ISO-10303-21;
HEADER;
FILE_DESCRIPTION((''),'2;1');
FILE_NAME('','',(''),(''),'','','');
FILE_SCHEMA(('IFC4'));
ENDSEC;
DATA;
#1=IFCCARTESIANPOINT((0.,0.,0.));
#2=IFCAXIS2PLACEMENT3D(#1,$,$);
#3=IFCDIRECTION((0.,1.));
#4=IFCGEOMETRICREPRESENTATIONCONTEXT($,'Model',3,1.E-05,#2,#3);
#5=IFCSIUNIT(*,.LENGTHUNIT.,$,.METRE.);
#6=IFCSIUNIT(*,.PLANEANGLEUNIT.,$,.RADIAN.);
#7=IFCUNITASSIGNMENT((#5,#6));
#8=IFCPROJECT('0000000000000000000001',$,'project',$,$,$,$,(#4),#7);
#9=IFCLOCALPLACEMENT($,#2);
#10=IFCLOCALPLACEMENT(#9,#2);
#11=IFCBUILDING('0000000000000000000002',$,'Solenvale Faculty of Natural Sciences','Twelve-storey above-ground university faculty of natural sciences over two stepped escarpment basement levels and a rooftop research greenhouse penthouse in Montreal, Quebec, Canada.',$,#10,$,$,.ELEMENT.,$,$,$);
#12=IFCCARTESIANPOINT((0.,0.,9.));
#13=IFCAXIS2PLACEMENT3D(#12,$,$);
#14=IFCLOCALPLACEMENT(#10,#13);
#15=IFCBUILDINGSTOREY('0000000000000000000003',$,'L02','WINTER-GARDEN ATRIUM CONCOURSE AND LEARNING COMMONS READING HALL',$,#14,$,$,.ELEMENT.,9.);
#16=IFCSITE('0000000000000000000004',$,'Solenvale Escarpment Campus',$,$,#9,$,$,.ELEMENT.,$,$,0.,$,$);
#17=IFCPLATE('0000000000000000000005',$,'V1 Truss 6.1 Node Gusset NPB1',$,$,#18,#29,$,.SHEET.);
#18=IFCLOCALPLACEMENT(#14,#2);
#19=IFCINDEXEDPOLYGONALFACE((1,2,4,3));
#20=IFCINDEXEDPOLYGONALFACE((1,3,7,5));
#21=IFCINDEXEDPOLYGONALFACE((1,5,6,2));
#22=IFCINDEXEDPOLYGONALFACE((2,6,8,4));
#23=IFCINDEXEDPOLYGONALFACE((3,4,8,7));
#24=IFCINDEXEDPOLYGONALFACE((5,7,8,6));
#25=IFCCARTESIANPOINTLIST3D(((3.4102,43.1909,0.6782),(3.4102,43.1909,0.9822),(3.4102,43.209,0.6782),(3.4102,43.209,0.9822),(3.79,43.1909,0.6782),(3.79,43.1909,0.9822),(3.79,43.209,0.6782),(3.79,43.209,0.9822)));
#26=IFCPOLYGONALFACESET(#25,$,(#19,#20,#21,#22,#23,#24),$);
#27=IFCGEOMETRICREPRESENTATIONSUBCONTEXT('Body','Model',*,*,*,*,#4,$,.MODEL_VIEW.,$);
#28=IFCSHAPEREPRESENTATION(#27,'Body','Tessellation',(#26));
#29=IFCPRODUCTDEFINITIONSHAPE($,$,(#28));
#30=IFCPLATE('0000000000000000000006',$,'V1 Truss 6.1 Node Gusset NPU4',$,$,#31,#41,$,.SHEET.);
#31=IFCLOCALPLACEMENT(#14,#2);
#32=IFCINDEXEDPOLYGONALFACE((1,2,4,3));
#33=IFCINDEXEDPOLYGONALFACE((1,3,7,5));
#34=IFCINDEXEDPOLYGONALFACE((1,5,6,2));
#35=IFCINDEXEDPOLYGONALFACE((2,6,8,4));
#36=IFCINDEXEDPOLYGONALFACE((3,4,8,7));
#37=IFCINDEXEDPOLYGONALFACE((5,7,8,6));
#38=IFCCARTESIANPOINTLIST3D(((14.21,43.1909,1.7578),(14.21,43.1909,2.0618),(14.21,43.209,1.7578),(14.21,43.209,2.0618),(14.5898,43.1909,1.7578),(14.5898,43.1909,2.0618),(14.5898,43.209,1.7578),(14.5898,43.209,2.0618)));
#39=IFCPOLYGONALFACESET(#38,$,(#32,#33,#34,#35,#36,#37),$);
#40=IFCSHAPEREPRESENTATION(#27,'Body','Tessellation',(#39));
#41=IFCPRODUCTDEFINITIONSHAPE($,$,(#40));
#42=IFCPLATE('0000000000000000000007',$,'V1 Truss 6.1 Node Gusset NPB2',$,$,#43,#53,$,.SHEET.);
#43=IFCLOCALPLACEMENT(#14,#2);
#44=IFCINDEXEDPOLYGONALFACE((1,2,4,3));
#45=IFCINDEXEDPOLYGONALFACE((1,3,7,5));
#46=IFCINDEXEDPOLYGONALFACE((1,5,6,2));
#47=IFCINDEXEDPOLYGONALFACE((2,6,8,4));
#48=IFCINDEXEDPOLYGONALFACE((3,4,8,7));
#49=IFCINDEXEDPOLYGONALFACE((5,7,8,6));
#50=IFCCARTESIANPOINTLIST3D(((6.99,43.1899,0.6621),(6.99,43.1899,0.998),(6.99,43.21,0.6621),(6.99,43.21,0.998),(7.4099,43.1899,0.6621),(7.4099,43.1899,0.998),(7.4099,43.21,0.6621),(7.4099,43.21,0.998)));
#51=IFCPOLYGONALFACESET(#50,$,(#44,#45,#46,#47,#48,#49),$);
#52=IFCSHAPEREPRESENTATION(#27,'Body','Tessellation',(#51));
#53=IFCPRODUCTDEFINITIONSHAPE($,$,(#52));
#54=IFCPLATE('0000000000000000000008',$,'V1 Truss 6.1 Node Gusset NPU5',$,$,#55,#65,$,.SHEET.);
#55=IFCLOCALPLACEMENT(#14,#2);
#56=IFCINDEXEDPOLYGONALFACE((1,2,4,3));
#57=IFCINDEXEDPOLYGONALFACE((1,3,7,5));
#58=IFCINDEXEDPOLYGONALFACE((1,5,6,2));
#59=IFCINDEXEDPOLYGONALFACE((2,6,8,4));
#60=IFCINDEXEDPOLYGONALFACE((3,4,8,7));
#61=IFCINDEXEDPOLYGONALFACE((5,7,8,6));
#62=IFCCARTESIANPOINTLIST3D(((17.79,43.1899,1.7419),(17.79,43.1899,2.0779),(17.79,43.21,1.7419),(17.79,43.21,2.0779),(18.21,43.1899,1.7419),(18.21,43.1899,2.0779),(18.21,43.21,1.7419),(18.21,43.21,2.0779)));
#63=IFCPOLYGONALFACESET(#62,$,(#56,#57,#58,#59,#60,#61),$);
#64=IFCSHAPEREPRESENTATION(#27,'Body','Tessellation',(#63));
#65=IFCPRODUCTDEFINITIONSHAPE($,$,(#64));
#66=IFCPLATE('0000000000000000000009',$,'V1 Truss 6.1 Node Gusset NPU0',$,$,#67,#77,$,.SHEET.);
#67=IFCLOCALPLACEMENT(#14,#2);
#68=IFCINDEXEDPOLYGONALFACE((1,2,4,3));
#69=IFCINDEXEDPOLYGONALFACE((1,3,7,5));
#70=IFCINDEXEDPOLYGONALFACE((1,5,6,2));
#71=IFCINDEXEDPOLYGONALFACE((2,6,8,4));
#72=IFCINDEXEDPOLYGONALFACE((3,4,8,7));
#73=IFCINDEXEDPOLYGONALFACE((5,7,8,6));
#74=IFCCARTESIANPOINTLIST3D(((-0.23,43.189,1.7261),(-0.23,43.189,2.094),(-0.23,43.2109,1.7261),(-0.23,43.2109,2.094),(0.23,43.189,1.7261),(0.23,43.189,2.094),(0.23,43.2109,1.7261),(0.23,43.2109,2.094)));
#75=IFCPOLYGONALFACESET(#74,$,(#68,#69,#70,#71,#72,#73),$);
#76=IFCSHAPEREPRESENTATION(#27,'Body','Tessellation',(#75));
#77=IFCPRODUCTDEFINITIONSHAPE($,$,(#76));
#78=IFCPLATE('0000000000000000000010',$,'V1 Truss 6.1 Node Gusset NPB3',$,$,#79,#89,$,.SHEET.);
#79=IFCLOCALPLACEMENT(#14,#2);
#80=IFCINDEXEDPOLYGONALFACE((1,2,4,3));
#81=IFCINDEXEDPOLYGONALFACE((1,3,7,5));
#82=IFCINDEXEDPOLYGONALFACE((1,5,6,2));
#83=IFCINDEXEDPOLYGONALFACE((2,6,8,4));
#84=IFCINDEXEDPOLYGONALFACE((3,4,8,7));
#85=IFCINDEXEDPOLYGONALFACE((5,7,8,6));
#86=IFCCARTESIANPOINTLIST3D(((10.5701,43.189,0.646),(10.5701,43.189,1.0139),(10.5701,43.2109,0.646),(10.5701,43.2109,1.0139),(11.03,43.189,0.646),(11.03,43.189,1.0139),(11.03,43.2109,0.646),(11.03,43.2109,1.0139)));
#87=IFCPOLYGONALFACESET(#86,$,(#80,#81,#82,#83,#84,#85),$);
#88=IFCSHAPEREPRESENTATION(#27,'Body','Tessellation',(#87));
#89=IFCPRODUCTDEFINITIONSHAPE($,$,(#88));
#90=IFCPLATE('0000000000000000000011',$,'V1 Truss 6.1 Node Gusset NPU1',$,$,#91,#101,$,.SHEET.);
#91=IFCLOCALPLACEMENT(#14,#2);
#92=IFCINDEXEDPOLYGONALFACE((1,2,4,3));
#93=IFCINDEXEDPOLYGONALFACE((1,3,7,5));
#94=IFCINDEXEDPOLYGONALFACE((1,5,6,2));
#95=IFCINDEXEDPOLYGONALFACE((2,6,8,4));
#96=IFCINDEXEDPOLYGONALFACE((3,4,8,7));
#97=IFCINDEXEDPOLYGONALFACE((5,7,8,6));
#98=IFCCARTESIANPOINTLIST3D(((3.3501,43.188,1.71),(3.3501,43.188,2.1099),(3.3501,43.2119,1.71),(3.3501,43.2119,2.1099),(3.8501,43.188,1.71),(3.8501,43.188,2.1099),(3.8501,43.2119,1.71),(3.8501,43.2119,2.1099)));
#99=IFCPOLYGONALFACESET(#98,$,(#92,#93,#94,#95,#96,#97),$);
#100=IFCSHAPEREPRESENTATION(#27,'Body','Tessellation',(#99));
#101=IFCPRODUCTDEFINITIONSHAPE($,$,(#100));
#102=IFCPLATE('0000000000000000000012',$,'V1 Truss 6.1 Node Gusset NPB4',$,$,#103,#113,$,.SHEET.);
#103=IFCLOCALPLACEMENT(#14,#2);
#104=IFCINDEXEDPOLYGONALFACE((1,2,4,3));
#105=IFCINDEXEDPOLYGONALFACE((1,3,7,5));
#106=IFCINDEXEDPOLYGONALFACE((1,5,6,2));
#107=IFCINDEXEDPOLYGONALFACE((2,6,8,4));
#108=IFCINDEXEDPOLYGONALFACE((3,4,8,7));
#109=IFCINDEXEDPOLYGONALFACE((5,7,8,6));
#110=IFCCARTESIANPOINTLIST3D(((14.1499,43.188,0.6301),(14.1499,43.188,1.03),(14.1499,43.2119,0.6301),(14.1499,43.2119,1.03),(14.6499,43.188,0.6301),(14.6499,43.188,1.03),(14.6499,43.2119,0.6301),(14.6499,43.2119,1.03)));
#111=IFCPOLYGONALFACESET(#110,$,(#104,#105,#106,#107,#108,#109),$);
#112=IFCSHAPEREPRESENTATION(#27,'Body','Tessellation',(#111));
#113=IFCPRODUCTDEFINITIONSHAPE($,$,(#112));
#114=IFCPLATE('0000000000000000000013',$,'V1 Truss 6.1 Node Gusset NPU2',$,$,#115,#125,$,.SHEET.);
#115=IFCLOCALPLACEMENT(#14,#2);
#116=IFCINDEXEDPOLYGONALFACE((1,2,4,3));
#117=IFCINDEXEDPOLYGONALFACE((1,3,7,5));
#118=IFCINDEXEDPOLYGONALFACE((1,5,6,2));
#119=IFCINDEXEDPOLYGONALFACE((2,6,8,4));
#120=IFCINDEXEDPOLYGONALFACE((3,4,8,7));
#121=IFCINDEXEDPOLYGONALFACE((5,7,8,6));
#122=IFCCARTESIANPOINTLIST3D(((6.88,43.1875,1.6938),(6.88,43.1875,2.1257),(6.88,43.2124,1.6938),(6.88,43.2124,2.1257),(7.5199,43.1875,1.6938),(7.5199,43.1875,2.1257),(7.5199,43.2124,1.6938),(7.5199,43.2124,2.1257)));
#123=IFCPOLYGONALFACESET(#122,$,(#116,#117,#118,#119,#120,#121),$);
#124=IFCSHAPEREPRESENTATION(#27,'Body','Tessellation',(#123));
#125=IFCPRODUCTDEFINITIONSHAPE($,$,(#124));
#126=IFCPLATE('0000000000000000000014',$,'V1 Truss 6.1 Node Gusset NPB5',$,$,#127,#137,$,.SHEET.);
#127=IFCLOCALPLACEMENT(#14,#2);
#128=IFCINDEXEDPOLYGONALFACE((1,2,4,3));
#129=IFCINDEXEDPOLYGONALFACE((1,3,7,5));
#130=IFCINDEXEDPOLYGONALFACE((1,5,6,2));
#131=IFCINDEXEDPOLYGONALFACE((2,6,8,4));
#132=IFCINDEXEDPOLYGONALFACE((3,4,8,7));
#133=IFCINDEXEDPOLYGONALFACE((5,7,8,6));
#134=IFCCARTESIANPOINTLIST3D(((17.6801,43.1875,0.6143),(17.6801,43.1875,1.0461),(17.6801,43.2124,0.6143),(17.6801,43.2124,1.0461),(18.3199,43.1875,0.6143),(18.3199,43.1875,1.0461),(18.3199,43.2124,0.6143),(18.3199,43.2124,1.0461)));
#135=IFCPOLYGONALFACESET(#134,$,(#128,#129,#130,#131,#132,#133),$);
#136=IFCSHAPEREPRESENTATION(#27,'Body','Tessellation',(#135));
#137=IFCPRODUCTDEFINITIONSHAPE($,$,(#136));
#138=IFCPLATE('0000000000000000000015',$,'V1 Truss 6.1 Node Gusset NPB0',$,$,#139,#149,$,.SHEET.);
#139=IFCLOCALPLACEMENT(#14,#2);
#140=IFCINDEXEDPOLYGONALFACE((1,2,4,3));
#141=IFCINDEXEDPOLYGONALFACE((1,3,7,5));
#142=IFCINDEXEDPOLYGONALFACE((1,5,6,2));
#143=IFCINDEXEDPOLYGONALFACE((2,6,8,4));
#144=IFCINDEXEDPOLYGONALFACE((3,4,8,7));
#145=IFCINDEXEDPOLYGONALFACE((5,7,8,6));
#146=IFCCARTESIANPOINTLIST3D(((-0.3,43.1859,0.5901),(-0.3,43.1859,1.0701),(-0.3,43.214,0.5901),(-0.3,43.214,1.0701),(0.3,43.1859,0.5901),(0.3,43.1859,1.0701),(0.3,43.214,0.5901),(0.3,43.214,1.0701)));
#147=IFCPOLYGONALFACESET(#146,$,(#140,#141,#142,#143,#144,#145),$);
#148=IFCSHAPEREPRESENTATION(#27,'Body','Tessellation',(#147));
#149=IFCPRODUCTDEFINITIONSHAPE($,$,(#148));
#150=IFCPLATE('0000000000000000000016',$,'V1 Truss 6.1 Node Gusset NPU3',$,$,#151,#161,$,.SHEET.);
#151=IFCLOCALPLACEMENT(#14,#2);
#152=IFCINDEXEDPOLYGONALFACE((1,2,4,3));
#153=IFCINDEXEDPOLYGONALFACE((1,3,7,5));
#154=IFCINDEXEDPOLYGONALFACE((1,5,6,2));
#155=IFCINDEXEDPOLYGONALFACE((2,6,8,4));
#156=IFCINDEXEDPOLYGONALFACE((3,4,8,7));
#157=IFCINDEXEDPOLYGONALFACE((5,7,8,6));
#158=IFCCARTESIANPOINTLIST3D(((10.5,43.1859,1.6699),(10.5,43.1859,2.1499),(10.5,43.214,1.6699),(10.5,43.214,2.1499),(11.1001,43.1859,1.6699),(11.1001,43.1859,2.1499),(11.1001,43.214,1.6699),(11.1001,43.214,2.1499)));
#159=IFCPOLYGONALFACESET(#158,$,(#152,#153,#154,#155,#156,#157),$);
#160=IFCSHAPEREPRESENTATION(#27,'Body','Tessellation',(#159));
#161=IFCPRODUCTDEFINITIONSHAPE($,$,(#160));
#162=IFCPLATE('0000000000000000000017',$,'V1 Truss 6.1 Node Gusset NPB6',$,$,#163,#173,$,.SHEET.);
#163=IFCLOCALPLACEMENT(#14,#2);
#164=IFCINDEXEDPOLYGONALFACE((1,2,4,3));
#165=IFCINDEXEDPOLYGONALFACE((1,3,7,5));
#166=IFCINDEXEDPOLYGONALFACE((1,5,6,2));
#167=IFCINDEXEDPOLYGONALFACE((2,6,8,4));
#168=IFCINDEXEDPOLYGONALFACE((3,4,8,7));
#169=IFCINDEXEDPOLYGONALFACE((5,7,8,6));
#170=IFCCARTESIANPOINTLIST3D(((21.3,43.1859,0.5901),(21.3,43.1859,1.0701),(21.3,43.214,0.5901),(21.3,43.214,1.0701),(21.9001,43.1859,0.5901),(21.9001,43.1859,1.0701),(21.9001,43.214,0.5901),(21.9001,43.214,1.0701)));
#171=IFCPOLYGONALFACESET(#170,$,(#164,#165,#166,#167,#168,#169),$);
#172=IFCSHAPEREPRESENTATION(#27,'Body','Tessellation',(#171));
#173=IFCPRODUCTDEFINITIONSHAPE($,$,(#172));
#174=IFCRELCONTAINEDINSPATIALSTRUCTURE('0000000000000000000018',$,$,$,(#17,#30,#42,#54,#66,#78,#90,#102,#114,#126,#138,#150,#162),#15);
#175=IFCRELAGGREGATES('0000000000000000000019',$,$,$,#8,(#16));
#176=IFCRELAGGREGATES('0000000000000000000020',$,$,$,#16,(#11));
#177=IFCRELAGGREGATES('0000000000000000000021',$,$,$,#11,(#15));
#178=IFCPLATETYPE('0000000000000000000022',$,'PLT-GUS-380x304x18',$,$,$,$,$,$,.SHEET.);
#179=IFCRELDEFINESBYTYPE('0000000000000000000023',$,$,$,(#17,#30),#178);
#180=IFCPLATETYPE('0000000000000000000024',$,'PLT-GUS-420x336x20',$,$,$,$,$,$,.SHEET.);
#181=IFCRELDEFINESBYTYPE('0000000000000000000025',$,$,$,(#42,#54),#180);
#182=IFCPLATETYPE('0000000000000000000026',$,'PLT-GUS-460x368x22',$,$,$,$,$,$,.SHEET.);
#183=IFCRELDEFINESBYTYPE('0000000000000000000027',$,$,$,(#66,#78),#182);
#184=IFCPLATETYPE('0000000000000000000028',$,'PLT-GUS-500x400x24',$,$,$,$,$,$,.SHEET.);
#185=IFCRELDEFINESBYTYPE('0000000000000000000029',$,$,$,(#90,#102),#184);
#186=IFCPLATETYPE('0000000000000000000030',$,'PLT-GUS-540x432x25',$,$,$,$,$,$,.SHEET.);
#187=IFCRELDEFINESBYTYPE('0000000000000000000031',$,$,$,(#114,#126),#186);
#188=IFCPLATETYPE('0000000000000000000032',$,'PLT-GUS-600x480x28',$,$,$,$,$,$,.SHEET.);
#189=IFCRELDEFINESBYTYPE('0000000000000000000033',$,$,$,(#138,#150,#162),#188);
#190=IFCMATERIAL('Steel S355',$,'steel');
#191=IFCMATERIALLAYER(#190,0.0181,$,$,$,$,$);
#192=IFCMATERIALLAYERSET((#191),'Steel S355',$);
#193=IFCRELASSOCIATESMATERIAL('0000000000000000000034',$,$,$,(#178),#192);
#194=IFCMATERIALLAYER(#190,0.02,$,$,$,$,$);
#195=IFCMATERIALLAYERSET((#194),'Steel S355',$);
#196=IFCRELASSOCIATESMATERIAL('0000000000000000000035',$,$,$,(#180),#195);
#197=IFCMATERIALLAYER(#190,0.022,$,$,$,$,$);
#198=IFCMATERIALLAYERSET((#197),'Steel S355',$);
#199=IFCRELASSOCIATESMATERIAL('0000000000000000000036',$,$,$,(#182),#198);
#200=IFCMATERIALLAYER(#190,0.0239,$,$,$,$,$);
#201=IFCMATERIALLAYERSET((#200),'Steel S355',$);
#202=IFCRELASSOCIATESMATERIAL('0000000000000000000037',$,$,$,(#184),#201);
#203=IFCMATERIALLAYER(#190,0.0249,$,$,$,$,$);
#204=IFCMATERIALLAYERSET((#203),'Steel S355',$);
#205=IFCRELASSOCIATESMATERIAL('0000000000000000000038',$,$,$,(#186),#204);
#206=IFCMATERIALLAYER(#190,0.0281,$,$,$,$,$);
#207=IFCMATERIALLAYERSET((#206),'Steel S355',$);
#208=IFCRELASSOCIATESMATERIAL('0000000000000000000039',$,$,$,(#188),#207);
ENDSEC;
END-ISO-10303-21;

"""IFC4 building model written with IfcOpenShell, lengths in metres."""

from ifc_helpers import new_model, si_unit, direction, frame, origin, origin_2d, place, context, subcontext, project, spatial, rectangle, extrude, material, layer, layer_set, type_object, element, save


model = new_model("IFC4")

# Units and contexts
model_context = context("Model", 3, precision=1e-05, world=origin(), true_north=direction((0.0, 1.0)))
body_context = subcontext(model_context, "Body", "Model", "MODEL_VIEW")
ifc_project = project(units=[si_unit("LENGTHUNIT", "METRE"), si_unit("PLANEANGLEUNIT", "RADIAN")], contexts=[model_context])

# Site, building, storey
site_placement = place(None, origin())
site = spatial("IfcSite", under=ifc_project, at=site_placement, Name="Solenvale Escarpment Campus", CompositionType="ELEMENT", RefElevation=0.0)
building_placement = place(site_placement, origin())
building = spatial("IfcBuilding", under=site, at=building_placement, Name="Solenvale Faculty of Natural Sciences", Description="Twelve-storey above-ground university faculty of natural sciences over two stepped escarpment basement levels and a rooftop research greenhouse penthouse in Montreal, Quebec, Canada.", CompositionType="ELEMENT")
storey_placement = place(building_placement, frame((0.0, 0.0, 9.0)))
storey = spatial("IfcBuildingStorey", under=building, at=storey_placement, Name="L02", Description="WINTER-GARDEN ATRIUM CONCOURSE AND LEARNING COMMONS READING HALL", CompositionType="ELEMENT", Elevation=9.0)

# Shared definitions
ifc_material = material(Name="Steel S355", Category="steel")

# Plates
ifc_layer_1 = layer(ifc_material, 0.0181)
ifc_layer_set_1 = layer_set([ifc_layer_1], Name="Steel S355")
plate_type_1 = type_object("IfcPlateType", Name="PLT-GUS-380x304x18", PredefinedType="SHEET", material=ifc_layer_set_1)
for number, where, z_axis, x_axis, name in (
    (1, (3.6001, 43.2, 0.6782), (0.0, 0.0, 1.0), (1.0, 0.0, 0.0), "V1 Truss 6.1 Node Gusset NPB1"),
    (2, (14.3999, 43.2, 1.7578), (0.0, 0.0, 1.0), (1.0, 0.0, 0.0), "V1 Truss 6.1 Node Gusset NPU4"),
):
    element("IfcPlate", number, at=place(storey_placement, frame(where, z_axis=z_axis, x_axis=x_axis)), inside=storey, type_object=plate_type_1, Name=name, PredefinedType="SHEET", context=body_context, shape_type="SweptSolid", body=[
        extrude(rectangle(XDim=0.3799, YDim=0.0181, at=origin_2d()), origin(), (0.0, 0.0, 1.0), 0.304),
    ])
ifc_layer_2 = layer(ifc_material, 0.02)
ifc_layer_set_2 = layer_set([ifc_layer_2], Name="Steel S355")
plate_type_2 = type_object("IfcPlateType", Name="PLT-GUS-420x336x20", PredefinedType="SHEET", material=ifc_layer_set_2)
for number, where, z_axis, x_axis, name in (
    (3, (7.2, 43.2, 0.6621), (0.0, 0.0, 1.0), (1.0, 0.0, 0.0), "V1 Truss 6.1 Node Gusset NPB2"),
    (4, (18.0, 43.2, 1.7419), (0.0, 0.0, 1.0), (1.0, 0.0, 0.0), "V1 Truss 6.1 Node Gusset NPU5"),
):
    element("IfcPlate", number, at=place(storey_placement, frame(where, z_axis=z_axis, x_axis=x_axis)), inside=storey, type_object=plate_type_2, Name=name, PredefinedType="SHEET", context=body_context, shape_type="SweptSolid", body=[
        extrude(rectangle(XDim=0.4199, YDim=0.02, at=origin_2d()), origin(), (0.0, 0.0, 1.0), 0.3359),
    ])
ifc_layer_3 = layer(ifc_material, 0.022)
ifc_layer_set_3 = layer_set([ifc_layer_3], Name="Steel S355")
plate_type_3 = type_object("IfcPlateType", Name="PLT-GUS-460x368x22", PredefinedType="SHEET", material=ifc_layer_set_3)
for number, where, z_axis, x_axis, name in (
    (5, (0.0, 43.2, 1.7261), (0.0, 0.0, 1.0), (1.0, 0.0, 0.0), "V1 Truss 6.1 Node Gusset NPU0"),
    (6, (10.8, 43.2, 0.646), (0.0, 0.0, 1.0), (1.0, 0.0, 0.0), "V1 Truss 6.1 Node Gusset NPB3"),
):
    element("IfcPlate", number, at=place(storey_placement, frame(where, z_axis=z_axis, x_axis=x_axis)), inside=storey, type_object=plate_type_3, Name=name, PredefinedType="SHEET", context=body_context, shape_type="SweptSolid", body=[
        extrude(rectangle(XDim=0.46, YDim=0.022, at=origin_2d()), origin(), (0.0, 0.0, 1.0), 0.3679),
    ])
ifc_layer_4 = layer(ifc_material, 0.0239)
ifc_layer_set_4 = layer_set([ifc_layer_4], Name="Steel S355")
plate_type_4 = type_object("IfcPlateType", Name="PLT-GUS-500x400x24", PredefinedType="SHEET", material=ifc_layer_set_4)
for number, where, z_axis, x_axis, name in (
    (7, (3.6001, 43.2, 1.71), (0.0, 0.0, 1.0), (1.0, 0.0, 0.0), "V1 Truss 6.1 Node Gusset NPU1"),
    (8, (14.3999, 43.2, 0.6301), (0.0, 0.0, 1.0), (1.0, 0.0, 0.0), "V1 Truss 6.1 Node Gusset NPB4"),
):
    element("IfcPlate", number, at=place(storey_placement, frame(where, z_axis=z_axis, x_axis=x_axis)), inside=storey, type_object=plate_type_4, Name=name, PredefinedType="SHEET", context=body_context, shape_type="SweptSolid", body=[
        extrude(rectangle(XDim=0.5, YDim=0.0239, at=origin_2d()), origin(), (0.0, 0.0, 1.0), 0.3999),
    ])
ifc_layer_5 = layer(ifc_material, 0.0249)
ifc_layer_set_5 = layer_set([ifc_layer_5], Name="Steel S355")
plate_type_5 = type_object("IfcPlateType", Name="PLT-GUS-540x432x25", PredefinedType="SHEET", material=ifc_layer_set_5)
for number, where, z_axis, x_axis, name in (
    (9, (7.2, 43.2, 1.6938), (0.0, 0.0, 1.0), (1.0, 0.0, 0.0), "V1 Truss 6.1 Node Gusset NPU2"),
    (10, (18.0, 43.2, 0.6143), (0.0, 0.0, 1.0), (1.0, 0.0, 0.0), "V1 Truss 6.1 Node Gusset NPB5"),
):
    element("IfcPlate", number, at=place(storey_placement, frame(where, z_axis=z_axis, x_axis=x_axis)), inside=storey, type_object=plate_type_5, Name=name, PredefinedType="SHEET", context=body_context, shape_type="SweptSolid", body=[
        extrude(rectangle(XDim=0.6399, YDim=0.0249, at=origin_2d()), origin(), (0.0, 0.0, 1.0), 0.4319),
    ])
ifc_layer_6 = layer(ifc_material, 0.0281)
ifc_layer_set_6 = layer_set([ifc_layer_6], Name="Steel S355")
plate_type_6 = type_object("IfcPlateType", Name="PLT-GUS-600x480x28", PredefinedType="SHEET", material=ifc_layer_set_6)
for number, where, z_axis, x_axis, name in (
    (11, (0.0, 43.2, 0.5901), (0.0, 0.0, 1.0), (1.0, 0.0, 0.0), "V1 Truss 6.1 Node Gusset NPB0"),
    (12, (10.8, 43.2, 1.6699), (0.0, 0.0, 1.0), (1.0, 0.0, 0.0), "V1 Truss 6.1 Node Gusset NPU3"),
    (13, (21.6001, 43.2, 0.5901), (0.0, 0.0, 1.0), (1.0, 0.0, 0.0), "V1 Truss 6.1 Node Gusset NPB6"),
):
    element("IfcPlate", number, at=place(storey_placement, frame(where, z_axis=z_axis, x_axis=x_axis)), inside=storey, type_object=plate_type_6, Name=name, PredefinedType="SHEET", context=body_context, shape_type="SweptSolid", body=[
        extrude(rectangle(XDim=0.6001, YDim=0.0281, at=origin_2d()), origin(), (0.0, 0.0, 1.0), 0.48),
    ])

save(model, "model.ifc")
